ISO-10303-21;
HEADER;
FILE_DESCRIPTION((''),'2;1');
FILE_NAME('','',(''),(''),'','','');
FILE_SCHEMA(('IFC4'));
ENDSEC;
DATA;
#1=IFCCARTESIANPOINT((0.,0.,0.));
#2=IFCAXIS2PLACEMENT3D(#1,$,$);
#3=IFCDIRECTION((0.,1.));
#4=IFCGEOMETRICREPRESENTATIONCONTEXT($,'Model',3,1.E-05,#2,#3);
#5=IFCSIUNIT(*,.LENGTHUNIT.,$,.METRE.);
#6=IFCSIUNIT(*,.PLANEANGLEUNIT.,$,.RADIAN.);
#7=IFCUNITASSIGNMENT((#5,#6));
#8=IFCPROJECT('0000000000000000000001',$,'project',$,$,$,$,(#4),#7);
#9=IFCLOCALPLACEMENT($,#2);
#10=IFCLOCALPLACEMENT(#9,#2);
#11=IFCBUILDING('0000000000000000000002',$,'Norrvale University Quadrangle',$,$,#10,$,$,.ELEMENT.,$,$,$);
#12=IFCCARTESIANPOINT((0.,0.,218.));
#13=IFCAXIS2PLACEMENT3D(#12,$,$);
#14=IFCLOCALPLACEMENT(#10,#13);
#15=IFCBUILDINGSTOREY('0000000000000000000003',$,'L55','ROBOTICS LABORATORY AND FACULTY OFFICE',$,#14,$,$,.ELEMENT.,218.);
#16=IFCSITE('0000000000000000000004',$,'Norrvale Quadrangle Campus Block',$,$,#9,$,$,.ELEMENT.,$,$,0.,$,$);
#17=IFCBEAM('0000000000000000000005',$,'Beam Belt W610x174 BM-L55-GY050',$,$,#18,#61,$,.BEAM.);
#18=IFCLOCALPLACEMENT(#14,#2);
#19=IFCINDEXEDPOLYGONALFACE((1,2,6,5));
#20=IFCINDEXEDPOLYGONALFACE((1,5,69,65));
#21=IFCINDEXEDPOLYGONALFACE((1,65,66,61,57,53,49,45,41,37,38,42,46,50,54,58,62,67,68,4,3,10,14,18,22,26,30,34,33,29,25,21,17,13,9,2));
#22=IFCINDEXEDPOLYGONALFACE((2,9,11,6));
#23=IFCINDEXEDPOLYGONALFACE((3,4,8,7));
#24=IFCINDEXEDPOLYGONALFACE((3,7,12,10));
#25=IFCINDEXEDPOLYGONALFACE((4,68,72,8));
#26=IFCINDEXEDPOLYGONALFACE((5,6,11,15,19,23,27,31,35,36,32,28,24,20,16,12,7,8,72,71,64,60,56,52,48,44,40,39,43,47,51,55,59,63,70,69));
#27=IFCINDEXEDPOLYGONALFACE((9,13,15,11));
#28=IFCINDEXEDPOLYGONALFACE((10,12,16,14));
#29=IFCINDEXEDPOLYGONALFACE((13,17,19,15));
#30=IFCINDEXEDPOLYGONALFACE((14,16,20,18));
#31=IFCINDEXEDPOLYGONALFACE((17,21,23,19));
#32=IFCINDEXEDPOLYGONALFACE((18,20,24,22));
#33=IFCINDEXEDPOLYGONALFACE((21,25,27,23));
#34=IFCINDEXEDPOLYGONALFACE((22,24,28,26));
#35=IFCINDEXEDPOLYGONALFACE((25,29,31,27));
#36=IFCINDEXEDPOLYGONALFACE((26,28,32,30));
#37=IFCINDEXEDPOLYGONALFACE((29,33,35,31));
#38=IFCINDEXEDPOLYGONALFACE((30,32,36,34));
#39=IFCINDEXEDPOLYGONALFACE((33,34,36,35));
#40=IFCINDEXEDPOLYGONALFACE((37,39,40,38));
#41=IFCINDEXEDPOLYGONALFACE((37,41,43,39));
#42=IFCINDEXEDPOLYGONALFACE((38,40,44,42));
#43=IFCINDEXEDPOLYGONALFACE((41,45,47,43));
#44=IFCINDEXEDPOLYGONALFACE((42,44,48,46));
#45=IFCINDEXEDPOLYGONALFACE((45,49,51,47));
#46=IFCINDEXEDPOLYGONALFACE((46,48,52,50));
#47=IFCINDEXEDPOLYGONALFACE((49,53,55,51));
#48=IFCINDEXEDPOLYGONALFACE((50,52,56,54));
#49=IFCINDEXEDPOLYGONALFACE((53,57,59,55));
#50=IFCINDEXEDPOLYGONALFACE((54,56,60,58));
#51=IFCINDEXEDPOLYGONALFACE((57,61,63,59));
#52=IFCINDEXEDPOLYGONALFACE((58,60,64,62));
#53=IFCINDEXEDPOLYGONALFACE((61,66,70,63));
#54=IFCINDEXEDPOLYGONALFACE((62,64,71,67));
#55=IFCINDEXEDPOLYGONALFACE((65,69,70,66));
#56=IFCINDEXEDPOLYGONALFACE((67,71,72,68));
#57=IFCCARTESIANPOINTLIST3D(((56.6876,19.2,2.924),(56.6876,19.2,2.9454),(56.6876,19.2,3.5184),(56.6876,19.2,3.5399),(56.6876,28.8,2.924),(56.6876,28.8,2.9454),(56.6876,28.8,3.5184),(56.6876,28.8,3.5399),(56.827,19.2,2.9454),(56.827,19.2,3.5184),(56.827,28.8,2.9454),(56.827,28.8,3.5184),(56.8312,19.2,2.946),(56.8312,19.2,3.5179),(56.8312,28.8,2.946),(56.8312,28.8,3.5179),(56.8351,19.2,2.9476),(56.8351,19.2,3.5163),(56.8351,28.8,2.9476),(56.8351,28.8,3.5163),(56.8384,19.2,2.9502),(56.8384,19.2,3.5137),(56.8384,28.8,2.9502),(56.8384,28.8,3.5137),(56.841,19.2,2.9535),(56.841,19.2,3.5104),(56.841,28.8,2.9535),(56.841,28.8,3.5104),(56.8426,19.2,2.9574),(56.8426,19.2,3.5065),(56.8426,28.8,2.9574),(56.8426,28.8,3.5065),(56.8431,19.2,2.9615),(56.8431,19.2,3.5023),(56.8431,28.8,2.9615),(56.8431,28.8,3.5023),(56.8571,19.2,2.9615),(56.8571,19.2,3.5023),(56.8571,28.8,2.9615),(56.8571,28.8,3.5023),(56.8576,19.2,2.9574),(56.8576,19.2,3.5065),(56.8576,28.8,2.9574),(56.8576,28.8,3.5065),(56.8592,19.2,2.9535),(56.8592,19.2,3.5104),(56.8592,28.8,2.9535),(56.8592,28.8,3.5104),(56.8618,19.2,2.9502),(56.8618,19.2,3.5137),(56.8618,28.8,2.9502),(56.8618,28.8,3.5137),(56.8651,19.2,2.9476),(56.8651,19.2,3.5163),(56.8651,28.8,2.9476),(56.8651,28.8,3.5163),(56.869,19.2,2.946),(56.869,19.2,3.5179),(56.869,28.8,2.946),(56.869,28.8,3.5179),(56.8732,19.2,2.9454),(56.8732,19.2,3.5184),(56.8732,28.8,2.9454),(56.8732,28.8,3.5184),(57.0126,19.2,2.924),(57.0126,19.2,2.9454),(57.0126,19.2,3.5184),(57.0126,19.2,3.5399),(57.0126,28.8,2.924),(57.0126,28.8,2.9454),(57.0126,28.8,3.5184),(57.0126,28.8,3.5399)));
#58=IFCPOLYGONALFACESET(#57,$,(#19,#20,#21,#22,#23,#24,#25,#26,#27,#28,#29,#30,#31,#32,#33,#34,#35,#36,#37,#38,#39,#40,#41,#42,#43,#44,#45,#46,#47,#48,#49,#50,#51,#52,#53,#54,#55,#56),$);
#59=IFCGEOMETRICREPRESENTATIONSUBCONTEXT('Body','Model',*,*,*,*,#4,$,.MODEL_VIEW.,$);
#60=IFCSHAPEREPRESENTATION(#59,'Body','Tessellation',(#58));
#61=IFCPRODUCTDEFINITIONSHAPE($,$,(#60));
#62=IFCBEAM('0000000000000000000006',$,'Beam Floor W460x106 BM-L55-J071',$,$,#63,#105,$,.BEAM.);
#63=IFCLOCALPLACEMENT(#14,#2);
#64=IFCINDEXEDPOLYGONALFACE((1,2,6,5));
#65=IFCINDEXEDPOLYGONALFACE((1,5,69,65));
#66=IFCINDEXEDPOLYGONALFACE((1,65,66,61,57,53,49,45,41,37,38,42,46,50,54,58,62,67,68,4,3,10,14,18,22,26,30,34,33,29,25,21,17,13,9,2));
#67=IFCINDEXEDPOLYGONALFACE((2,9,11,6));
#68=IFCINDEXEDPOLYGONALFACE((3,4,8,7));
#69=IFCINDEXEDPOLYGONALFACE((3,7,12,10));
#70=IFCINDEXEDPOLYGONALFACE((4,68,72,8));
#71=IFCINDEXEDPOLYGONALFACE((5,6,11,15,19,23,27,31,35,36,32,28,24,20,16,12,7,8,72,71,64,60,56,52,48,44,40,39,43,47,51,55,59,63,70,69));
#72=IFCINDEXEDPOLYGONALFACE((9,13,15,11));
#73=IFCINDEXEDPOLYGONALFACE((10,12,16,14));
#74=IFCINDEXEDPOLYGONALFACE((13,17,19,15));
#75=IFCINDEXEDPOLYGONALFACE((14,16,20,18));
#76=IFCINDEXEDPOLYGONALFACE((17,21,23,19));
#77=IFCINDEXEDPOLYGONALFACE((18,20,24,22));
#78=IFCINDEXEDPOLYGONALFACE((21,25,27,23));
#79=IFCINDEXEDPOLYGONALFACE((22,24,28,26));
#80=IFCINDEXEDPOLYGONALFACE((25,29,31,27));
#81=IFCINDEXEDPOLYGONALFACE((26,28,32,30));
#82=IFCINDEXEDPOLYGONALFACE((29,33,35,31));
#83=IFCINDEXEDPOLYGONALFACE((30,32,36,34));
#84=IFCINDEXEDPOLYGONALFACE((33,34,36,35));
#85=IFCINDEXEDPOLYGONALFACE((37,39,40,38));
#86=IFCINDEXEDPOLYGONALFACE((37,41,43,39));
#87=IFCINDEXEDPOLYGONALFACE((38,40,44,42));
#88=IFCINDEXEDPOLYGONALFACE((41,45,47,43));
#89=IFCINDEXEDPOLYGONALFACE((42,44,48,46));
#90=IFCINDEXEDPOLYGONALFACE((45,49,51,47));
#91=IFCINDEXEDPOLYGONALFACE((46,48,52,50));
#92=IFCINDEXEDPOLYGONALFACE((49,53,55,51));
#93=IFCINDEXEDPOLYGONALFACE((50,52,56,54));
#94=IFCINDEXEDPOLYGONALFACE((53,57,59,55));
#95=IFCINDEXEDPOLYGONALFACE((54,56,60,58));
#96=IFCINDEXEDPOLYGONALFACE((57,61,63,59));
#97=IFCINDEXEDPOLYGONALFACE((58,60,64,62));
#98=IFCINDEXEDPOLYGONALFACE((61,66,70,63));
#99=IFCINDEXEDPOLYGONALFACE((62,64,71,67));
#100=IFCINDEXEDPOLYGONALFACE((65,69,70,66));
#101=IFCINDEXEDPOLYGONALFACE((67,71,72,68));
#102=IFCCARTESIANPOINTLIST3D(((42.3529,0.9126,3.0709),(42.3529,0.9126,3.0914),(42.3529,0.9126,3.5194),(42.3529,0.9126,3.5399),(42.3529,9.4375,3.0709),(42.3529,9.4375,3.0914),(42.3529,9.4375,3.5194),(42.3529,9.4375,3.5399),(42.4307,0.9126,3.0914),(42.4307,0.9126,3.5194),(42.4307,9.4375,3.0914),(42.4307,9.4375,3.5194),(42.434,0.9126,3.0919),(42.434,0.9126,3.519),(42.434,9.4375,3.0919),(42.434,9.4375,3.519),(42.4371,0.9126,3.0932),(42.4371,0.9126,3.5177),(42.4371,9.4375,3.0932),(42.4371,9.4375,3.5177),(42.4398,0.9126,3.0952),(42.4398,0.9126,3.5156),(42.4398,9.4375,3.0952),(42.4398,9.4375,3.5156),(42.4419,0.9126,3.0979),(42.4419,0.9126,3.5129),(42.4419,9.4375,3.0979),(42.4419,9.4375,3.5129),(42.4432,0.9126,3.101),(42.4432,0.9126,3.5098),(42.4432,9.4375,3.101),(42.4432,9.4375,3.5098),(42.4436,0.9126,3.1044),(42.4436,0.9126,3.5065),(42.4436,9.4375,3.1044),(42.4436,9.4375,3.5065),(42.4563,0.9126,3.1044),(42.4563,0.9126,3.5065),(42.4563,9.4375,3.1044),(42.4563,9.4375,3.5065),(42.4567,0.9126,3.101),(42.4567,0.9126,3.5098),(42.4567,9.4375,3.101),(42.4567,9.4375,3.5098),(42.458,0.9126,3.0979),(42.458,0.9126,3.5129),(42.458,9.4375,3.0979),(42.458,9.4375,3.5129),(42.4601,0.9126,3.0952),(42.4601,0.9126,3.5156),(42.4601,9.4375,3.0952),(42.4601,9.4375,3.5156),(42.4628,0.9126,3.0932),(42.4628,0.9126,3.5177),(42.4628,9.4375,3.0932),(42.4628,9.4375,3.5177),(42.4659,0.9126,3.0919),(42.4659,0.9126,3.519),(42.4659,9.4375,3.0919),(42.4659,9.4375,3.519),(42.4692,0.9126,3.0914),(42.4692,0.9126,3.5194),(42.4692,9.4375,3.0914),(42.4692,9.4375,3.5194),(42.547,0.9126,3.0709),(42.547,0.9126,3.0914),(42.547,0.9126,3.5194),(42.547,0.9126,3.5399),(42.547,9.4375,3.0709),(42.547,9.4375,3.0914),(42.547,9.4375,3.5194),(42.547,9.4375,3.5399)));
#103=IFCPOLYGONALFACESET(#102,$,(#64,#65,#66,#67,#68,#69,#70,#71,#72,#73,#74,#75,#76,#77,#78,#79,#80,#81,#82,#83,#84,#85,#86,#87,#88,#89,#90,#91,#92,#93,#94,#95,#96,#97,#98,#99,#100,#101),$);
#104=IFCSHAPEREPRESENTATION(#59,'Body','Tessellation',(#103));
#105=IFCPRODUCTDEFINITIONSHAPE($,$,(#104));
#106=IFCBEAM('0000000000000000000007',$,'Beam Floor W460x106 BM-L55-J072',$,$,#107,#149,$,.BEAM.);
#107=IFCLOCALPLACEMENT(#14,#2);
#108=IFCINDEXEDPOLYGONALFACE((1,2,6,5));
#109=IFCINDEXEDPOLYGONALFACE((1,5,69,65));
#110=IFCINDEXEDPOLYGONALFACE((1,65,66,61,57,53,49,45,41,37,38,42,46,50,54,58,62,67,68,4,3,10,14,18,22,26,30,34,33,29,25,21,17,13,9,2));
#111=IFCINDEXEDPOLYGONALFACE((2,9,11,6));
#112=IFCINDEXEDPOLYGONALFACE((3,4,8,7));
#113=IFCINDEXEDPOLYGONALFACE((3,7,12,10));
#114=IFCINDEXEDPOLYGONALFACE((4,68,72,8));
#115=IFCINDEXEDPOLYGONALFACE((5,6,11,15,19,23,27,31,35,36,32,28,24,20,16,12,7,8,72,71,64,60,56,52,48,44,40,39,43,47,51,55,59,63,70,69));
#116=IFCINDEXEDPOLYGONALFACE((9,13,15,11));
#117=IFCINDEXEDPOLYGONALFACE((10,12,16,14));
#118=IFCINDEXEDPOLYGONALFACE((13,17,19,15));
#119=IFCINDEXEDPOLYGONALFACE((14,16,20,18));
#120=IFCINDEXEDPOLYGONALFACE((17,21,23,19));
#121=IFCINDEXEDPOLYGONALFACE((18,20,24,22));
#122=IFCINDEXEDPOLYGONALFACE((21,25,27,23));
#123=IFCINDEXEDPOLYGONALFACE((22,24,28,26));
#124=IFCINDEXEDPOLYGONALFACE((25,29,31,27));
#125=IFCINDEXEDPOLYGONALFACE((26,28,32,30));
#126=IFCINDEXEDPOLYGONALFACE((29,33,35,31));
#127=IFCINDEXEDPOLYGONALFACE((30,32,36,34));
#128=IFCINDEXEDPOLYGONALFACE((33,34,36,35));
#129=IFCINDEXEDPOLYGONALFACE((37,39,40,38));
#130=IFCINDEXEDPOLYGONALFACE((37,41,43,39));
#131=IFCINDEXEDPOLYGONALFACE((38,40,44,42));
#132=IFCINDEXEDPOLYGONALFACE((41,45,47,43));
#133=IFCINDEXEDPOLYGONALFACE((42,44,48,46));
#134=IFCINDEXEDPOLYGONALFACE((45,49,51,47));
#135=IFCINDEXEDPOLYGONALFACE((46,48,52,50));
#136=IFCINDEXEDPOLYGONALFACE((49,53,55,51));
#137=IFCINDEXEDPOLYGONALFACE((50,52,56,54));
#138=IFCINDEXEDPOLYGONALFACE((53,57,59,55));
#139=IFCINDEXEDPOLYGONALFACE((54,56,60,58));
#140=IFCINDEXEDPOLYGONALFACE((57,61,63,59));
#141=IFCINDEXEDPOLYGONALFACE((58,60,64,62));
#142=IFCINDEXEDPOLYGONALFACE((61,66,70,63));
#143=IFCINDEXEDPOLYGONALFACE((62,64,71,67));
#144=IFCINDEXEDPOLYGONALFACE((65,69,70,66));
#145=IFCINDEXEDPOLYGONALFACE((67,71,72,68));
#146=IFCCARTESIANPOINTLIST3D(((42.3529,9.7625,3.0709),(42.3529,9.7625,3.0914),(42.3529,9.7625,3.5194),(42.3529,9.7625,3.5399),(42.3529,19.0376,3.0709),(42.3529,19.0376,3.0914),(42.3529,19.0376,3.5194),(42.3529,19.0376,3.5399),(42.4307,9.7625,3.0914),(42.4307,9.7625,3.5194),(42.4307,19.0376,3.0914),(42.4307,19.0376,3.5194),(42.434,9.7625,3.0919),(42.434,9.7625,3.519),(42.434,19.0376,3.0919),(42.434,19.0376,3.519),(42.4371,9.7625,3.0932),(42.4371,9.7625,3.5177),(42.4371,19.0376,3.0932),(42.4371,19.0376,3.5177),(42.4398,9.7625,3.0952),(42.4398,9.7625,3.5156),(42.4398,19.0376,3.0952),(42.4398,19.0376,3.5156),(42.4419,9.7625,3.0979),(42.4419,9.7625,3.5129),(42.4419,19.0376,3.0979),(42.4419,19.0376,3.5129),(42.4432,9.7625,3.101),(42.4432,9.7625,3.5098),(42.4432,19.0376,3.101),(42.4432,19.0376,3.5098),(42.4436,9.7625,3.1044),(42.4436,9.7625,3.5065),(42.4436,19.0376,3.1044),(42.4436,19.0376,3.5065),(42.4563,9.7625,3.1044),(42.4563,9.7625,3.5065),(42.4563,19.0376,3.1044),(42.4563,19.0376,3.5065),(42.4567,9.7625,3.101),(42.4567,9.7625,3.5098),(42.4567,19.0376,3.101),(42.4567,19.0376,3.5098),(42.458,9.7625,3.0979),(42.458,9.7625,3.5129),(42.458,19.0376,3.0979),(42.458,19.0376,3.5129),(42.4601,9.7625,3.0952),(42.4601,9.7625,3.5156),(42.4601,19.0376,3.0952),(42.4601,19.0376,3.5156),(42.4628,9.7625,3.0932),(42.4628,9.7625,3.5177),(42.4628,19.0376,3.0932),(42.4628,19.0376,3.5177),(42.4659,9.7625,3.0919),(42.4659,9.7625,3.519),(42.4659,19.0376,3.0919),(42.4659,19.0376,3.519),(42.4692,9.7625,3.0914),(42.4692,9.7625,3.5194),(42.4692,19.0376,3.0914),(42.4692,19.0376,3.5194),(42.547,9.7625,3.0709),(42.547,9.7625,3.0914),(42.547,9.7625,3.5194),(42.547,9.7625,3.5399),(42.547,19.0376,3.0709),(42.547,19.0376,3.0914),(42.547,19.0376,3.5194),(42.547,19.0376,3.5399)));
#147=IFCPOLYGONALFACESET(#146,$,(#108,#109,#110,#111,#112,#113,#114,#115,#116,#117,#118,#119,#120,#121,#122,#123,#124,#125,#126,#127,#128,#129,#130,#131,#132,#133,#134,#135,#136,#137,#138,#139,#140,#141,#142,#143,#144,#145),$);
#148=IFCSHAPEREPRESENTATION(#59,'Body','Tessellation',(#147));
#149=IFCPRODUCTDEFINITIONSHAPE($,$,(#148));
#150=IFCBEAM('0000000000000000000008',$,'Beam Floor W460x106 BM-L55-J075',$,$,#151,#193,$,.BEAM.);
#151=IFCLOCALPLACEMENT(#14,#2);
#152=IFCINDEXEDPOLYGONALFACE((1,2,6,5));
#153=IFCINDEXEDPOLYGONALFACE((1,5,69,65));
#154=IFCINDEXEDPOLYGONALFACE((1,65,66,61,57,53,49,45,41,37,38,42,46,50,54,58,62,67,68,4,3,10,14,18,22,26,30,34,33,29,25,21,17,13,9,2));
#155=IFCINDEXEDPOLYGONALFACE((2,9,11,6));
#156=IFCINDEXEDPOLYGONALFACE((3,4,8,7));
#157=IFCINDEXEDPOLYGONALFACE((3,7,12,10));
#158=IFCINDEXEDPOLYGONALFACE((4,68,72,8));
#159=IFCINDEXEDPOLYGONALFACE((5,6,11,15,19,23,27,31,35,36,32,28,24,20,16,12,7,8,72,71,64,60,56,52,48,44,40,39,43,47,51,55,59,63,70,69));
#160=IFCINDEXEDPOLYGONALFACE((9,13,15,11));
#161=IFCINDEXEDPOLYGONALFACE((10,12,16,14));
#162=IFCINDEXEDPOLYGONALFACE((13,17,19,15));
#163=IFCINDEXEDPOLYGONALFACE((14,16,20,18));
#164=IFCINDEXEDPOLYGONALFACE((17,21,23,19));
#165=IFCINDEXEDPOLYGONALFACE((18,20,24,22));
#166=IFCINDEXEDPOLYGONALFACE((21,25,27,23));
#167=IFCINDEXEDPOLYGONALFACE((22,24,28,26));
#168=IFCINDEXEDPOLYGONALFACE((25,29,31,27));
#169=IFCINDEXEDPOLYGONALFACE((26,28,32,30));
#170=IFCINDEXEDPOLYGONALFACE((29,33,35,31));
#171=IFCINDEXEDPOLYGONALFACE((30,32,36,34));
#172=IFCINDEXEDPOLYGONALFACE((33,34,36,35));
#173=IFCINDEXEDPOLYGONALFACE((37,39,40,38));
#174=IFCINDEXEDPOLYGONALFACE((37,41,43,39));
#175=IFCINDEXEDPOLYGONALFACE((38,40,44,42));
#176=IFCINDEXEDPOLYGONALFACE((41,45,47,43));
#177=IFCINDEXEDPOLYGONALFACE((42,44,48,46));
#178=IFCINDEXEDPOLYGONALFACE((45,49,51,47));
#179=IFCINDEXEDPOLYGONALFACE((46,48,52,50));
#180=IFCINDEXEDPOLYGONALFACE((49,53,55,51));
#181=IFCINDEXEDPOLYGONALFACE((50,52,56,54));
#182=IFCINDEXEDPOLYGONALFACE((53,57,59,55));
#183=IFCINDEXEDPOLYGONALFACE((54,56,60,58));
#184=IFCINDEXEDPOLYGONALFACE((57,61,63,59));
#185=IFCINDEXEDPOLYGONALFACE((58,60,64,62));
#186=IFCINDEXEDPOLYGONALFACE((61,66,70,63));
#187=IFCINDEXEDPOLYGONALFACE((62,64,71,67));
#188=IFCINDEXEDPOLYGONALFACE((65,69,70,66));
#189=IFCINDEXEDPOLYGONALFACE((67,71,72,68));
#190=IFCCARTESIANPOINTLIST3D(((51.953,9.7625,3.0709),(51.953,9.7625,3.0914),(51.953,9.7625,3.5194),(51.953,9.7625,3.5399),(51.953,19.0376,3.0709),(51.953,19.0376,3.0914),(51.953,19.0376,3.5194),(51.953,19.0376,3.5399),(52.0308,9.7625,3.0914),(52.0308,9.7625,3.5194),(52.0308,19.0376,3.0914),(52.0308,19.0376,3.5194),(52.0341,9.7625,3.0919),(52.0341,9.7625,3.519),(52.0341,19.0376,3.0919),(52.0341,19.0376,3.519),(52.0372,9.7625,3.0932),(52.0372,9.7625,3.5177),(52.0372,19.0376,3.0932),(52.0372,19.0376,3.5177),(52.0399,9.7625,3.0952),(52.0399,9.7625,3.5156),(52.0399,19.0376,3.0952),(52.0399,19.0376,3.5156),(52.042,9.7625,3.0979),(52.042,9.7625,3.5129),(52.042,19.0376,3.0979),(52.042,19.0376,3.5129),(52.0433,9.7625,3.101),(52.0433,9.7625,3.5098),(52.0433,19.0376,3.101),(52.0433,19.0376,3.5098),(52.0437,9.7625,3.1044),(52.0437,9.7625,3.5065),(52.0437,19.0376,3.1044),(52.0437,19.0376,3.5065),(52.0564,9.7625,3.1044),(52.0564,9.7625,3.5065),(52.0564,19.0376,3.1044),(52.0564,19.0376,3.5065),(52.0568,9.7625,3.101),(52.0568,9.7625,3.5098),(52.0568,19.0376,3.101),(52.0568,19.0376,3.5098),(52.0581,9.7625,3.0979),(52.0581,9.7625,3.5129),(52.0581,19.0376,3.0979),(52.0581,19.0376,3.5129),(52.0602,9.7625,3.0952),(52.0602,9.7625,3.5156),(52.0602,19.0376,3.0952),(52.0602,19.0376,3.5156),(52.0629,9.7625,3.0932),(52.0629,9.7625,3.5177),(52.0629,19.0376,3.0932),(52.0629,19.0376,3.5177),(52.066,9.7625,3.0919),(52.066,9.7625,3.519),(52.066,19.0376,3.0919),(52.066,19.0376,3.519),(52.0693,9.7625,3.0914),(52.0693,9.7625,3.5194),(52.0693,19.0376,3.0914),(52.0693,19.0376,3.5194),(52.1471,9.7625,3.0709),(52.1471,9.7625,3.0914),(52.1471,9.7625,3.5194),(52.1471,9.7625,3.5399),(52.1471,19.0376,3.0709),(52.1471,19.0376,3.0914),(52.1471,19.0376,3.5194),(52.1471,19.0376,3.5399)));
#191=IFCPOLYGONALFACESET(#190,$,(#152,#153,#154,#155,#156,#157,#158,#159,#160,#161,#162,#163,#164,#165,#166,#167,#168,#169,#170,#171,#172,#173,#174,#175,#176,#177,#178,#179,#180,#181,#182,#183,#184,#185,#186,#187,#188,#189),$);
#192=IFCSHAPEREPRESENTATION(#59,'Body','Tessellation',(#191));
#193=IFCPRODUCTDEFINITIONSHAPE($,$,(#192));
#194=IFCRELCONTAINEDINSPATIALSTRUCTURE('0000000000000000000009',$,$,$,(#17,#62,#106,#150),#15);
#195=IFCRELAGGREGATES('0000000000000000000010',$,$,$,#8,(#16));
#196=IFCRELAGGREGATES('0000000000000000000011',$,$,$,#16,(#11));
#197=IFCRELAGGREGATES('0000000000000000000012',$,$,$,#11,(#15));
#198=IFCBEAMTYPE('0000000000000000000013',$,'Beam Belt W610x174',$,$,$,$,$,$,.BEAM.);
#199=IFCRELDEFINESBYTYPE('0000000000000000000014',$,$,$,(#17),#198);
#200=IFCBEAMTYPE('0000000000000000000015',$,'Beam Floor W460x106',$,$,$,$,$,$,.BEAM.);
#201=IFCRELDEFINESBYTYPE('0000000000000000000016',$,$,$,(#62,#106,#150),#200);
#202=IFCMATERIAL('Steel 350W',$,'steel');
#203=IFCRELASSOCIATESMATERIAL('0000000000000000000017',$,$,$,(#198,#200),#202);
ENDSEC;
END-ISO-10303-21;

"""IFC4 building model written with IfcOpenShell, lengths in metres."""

from ifc_helpers import new_model, si_unit, direction, frame, origin, origin_2d, place, context, subcontext, project, spatial, i_section, extrude, material, material_profile, profile_set, type_object, element, save


model = new_model("IFC4")

# Units and contexts
model_context = context("Model", 3, precision=1e-05, world=origin(), true_north=direction((0.0, 1.0)))
body_context = subcontext(model_context, "Body", "Model", "MODEL_VIEW")
ifc_project = project(units=[si_unit("LENGTHUNIT", "METRE"), si_unit("PLANEANGLEUNIT", "RADIAN")], contexts=[model_context])

# Site, building, storey
site_placement = place(None, origin())
site = spatial("IfcSite", under=ifc_project, at=site_placement, Name="Norrvale Quadrangle Campus Block", CompositionType="ELEMENT", RefElevation=0.0)
building_placement = place(site_placement, origin())
building = spatial("IfcBuilding", under=site, at=building_placement, Name="Norrvale University Quadrangle", CompositionType="ELEMENT")
storey_placement = place(building_placement, frame((0.0, 0.0, 218.0)))
storey = spatial("IfcBuildingStorey", under=building, at=storey_placement, Name="L55", Description="ROBOTICS LABORATORY AND FACULTY OFFICE", CompositionType="ELEMENT", Elevation=218.0)

# Beams
ifc_material_1 = material(Name="Steel 350W", Category="steel")
ifc_material_profile_1 = material_profile(ifc_material_1, i_section(OverallWidth=0.325, OverallDepth=0.616, WebThickness=0.0139, FlangeThickness=0.0215, FilletRadius=0.0161, at=origin_2d()), Name="Steel 350W")
ifc_profile_set_1 = profile_set([ifc_material_profile_1], Name="Steel 350W")
beam_type_1 = type_object("IfcBeamType", Name="Beam Belt W610x174", PredefinedType="BEAM", material=ifc_profile_set_1)
beam_1_placement = place(storey_placement, frame((56.8501, 19.2, 3.2319), z_axis=(0.0, 1.0, 0.0), x_axis=(-1.0, 0.0, 0.0)))
element("IfcBeam", 1, at=beam_1_placement, inside=storey, type_object=beam_type_1, Name="Beam Belt W610x174 BM-L55-GY050", PredefinedType="BEAM", context=body_context, shape_type="SweptSolid", body=[
    extrude(i_section(OverallWidth=0.325, OverallDepth=0.616, WebThickness=0.0139, FlangeThickness=0.0215, FilletRadius=0.0161, at=origin_2d()), origin(), (0.0, 0.0, 1.0), 9.6001),
])
ifc_material_profile_2 = material_profile(ifc_material_1, i_section(OverallWidth=0.1941, OverallDepth=0.469, WebThickness=0.0127, FlangeThickness=0.0205, FilletRadius=0.0129, at=origin_2d()), Name="Steel 350W")
ifc_profile_set_2 = profile_set([ifc_material_profile_2], Name="Steel 350W")
beam_type_2 = type_object("IfcBeamType", Name="Beam Floor W460x106", PredefinedType="BEAM", material=ifc_profile_set_2)
beam_2_placement = place(storey_placement, frame((42.45, 0.9126, 3.3054), z_axis=(0.0, 1.0, 0.0), x_axis=(-1.0, 0.0, 0.0)))
element("IfcBeam", 2, at=beam_2_placement, inside=storey, type_object=beam_type_2, Name="Beam Floor W460x106 BM-L55-J071", PredefinedType="BEAM", context=body_context, shape_type="SweptSolid", body=[
    extrude(i_section(OverallWidth=0.1941, OverallDepth=0.469, WebThickness=0.0127, FlangeThickness=0.0205, FilletRadius=0.0129, at=origin_2d()), origin(), (0.0, 0.0, 1.0), 8.5249),
])
for number, where, z_axis, x_axis, name in (
    (3, (42.45, 9.7625, 3.3054), (0.0, 1.0, 0.0), (-1.0, 0.0, 0.0), "Beam Floor W460x106 BM-L55-J072"),
    (4, (52.05, 9.7625, 3.3054), (0.0, 1.0, 0.0), (-1.0, 0.0, 0.0), "Beam Floor W460x106 BM-L55-J075"),
):
    element("IfcBeam", number, at=place(storey_placement, frame(where, z_axis=z_axis, x_axis=x_axis)), inside=storey, type_object=beam_type_2, Name=name, PredefinedType="BEAM", context=body_context, shape_type="SweptSolid", body=[
        extrude(i_section(OverallWidth=0.1941, OverallDepth=0.469, WebThickness=0.0127, FlangeThickness=0.0205, FilletRadius=0.0129, at=origin_2d()), origin(), (0.0, 0.0, 1.0), 9.2751),
    ])

save(model, "model.ifc")
